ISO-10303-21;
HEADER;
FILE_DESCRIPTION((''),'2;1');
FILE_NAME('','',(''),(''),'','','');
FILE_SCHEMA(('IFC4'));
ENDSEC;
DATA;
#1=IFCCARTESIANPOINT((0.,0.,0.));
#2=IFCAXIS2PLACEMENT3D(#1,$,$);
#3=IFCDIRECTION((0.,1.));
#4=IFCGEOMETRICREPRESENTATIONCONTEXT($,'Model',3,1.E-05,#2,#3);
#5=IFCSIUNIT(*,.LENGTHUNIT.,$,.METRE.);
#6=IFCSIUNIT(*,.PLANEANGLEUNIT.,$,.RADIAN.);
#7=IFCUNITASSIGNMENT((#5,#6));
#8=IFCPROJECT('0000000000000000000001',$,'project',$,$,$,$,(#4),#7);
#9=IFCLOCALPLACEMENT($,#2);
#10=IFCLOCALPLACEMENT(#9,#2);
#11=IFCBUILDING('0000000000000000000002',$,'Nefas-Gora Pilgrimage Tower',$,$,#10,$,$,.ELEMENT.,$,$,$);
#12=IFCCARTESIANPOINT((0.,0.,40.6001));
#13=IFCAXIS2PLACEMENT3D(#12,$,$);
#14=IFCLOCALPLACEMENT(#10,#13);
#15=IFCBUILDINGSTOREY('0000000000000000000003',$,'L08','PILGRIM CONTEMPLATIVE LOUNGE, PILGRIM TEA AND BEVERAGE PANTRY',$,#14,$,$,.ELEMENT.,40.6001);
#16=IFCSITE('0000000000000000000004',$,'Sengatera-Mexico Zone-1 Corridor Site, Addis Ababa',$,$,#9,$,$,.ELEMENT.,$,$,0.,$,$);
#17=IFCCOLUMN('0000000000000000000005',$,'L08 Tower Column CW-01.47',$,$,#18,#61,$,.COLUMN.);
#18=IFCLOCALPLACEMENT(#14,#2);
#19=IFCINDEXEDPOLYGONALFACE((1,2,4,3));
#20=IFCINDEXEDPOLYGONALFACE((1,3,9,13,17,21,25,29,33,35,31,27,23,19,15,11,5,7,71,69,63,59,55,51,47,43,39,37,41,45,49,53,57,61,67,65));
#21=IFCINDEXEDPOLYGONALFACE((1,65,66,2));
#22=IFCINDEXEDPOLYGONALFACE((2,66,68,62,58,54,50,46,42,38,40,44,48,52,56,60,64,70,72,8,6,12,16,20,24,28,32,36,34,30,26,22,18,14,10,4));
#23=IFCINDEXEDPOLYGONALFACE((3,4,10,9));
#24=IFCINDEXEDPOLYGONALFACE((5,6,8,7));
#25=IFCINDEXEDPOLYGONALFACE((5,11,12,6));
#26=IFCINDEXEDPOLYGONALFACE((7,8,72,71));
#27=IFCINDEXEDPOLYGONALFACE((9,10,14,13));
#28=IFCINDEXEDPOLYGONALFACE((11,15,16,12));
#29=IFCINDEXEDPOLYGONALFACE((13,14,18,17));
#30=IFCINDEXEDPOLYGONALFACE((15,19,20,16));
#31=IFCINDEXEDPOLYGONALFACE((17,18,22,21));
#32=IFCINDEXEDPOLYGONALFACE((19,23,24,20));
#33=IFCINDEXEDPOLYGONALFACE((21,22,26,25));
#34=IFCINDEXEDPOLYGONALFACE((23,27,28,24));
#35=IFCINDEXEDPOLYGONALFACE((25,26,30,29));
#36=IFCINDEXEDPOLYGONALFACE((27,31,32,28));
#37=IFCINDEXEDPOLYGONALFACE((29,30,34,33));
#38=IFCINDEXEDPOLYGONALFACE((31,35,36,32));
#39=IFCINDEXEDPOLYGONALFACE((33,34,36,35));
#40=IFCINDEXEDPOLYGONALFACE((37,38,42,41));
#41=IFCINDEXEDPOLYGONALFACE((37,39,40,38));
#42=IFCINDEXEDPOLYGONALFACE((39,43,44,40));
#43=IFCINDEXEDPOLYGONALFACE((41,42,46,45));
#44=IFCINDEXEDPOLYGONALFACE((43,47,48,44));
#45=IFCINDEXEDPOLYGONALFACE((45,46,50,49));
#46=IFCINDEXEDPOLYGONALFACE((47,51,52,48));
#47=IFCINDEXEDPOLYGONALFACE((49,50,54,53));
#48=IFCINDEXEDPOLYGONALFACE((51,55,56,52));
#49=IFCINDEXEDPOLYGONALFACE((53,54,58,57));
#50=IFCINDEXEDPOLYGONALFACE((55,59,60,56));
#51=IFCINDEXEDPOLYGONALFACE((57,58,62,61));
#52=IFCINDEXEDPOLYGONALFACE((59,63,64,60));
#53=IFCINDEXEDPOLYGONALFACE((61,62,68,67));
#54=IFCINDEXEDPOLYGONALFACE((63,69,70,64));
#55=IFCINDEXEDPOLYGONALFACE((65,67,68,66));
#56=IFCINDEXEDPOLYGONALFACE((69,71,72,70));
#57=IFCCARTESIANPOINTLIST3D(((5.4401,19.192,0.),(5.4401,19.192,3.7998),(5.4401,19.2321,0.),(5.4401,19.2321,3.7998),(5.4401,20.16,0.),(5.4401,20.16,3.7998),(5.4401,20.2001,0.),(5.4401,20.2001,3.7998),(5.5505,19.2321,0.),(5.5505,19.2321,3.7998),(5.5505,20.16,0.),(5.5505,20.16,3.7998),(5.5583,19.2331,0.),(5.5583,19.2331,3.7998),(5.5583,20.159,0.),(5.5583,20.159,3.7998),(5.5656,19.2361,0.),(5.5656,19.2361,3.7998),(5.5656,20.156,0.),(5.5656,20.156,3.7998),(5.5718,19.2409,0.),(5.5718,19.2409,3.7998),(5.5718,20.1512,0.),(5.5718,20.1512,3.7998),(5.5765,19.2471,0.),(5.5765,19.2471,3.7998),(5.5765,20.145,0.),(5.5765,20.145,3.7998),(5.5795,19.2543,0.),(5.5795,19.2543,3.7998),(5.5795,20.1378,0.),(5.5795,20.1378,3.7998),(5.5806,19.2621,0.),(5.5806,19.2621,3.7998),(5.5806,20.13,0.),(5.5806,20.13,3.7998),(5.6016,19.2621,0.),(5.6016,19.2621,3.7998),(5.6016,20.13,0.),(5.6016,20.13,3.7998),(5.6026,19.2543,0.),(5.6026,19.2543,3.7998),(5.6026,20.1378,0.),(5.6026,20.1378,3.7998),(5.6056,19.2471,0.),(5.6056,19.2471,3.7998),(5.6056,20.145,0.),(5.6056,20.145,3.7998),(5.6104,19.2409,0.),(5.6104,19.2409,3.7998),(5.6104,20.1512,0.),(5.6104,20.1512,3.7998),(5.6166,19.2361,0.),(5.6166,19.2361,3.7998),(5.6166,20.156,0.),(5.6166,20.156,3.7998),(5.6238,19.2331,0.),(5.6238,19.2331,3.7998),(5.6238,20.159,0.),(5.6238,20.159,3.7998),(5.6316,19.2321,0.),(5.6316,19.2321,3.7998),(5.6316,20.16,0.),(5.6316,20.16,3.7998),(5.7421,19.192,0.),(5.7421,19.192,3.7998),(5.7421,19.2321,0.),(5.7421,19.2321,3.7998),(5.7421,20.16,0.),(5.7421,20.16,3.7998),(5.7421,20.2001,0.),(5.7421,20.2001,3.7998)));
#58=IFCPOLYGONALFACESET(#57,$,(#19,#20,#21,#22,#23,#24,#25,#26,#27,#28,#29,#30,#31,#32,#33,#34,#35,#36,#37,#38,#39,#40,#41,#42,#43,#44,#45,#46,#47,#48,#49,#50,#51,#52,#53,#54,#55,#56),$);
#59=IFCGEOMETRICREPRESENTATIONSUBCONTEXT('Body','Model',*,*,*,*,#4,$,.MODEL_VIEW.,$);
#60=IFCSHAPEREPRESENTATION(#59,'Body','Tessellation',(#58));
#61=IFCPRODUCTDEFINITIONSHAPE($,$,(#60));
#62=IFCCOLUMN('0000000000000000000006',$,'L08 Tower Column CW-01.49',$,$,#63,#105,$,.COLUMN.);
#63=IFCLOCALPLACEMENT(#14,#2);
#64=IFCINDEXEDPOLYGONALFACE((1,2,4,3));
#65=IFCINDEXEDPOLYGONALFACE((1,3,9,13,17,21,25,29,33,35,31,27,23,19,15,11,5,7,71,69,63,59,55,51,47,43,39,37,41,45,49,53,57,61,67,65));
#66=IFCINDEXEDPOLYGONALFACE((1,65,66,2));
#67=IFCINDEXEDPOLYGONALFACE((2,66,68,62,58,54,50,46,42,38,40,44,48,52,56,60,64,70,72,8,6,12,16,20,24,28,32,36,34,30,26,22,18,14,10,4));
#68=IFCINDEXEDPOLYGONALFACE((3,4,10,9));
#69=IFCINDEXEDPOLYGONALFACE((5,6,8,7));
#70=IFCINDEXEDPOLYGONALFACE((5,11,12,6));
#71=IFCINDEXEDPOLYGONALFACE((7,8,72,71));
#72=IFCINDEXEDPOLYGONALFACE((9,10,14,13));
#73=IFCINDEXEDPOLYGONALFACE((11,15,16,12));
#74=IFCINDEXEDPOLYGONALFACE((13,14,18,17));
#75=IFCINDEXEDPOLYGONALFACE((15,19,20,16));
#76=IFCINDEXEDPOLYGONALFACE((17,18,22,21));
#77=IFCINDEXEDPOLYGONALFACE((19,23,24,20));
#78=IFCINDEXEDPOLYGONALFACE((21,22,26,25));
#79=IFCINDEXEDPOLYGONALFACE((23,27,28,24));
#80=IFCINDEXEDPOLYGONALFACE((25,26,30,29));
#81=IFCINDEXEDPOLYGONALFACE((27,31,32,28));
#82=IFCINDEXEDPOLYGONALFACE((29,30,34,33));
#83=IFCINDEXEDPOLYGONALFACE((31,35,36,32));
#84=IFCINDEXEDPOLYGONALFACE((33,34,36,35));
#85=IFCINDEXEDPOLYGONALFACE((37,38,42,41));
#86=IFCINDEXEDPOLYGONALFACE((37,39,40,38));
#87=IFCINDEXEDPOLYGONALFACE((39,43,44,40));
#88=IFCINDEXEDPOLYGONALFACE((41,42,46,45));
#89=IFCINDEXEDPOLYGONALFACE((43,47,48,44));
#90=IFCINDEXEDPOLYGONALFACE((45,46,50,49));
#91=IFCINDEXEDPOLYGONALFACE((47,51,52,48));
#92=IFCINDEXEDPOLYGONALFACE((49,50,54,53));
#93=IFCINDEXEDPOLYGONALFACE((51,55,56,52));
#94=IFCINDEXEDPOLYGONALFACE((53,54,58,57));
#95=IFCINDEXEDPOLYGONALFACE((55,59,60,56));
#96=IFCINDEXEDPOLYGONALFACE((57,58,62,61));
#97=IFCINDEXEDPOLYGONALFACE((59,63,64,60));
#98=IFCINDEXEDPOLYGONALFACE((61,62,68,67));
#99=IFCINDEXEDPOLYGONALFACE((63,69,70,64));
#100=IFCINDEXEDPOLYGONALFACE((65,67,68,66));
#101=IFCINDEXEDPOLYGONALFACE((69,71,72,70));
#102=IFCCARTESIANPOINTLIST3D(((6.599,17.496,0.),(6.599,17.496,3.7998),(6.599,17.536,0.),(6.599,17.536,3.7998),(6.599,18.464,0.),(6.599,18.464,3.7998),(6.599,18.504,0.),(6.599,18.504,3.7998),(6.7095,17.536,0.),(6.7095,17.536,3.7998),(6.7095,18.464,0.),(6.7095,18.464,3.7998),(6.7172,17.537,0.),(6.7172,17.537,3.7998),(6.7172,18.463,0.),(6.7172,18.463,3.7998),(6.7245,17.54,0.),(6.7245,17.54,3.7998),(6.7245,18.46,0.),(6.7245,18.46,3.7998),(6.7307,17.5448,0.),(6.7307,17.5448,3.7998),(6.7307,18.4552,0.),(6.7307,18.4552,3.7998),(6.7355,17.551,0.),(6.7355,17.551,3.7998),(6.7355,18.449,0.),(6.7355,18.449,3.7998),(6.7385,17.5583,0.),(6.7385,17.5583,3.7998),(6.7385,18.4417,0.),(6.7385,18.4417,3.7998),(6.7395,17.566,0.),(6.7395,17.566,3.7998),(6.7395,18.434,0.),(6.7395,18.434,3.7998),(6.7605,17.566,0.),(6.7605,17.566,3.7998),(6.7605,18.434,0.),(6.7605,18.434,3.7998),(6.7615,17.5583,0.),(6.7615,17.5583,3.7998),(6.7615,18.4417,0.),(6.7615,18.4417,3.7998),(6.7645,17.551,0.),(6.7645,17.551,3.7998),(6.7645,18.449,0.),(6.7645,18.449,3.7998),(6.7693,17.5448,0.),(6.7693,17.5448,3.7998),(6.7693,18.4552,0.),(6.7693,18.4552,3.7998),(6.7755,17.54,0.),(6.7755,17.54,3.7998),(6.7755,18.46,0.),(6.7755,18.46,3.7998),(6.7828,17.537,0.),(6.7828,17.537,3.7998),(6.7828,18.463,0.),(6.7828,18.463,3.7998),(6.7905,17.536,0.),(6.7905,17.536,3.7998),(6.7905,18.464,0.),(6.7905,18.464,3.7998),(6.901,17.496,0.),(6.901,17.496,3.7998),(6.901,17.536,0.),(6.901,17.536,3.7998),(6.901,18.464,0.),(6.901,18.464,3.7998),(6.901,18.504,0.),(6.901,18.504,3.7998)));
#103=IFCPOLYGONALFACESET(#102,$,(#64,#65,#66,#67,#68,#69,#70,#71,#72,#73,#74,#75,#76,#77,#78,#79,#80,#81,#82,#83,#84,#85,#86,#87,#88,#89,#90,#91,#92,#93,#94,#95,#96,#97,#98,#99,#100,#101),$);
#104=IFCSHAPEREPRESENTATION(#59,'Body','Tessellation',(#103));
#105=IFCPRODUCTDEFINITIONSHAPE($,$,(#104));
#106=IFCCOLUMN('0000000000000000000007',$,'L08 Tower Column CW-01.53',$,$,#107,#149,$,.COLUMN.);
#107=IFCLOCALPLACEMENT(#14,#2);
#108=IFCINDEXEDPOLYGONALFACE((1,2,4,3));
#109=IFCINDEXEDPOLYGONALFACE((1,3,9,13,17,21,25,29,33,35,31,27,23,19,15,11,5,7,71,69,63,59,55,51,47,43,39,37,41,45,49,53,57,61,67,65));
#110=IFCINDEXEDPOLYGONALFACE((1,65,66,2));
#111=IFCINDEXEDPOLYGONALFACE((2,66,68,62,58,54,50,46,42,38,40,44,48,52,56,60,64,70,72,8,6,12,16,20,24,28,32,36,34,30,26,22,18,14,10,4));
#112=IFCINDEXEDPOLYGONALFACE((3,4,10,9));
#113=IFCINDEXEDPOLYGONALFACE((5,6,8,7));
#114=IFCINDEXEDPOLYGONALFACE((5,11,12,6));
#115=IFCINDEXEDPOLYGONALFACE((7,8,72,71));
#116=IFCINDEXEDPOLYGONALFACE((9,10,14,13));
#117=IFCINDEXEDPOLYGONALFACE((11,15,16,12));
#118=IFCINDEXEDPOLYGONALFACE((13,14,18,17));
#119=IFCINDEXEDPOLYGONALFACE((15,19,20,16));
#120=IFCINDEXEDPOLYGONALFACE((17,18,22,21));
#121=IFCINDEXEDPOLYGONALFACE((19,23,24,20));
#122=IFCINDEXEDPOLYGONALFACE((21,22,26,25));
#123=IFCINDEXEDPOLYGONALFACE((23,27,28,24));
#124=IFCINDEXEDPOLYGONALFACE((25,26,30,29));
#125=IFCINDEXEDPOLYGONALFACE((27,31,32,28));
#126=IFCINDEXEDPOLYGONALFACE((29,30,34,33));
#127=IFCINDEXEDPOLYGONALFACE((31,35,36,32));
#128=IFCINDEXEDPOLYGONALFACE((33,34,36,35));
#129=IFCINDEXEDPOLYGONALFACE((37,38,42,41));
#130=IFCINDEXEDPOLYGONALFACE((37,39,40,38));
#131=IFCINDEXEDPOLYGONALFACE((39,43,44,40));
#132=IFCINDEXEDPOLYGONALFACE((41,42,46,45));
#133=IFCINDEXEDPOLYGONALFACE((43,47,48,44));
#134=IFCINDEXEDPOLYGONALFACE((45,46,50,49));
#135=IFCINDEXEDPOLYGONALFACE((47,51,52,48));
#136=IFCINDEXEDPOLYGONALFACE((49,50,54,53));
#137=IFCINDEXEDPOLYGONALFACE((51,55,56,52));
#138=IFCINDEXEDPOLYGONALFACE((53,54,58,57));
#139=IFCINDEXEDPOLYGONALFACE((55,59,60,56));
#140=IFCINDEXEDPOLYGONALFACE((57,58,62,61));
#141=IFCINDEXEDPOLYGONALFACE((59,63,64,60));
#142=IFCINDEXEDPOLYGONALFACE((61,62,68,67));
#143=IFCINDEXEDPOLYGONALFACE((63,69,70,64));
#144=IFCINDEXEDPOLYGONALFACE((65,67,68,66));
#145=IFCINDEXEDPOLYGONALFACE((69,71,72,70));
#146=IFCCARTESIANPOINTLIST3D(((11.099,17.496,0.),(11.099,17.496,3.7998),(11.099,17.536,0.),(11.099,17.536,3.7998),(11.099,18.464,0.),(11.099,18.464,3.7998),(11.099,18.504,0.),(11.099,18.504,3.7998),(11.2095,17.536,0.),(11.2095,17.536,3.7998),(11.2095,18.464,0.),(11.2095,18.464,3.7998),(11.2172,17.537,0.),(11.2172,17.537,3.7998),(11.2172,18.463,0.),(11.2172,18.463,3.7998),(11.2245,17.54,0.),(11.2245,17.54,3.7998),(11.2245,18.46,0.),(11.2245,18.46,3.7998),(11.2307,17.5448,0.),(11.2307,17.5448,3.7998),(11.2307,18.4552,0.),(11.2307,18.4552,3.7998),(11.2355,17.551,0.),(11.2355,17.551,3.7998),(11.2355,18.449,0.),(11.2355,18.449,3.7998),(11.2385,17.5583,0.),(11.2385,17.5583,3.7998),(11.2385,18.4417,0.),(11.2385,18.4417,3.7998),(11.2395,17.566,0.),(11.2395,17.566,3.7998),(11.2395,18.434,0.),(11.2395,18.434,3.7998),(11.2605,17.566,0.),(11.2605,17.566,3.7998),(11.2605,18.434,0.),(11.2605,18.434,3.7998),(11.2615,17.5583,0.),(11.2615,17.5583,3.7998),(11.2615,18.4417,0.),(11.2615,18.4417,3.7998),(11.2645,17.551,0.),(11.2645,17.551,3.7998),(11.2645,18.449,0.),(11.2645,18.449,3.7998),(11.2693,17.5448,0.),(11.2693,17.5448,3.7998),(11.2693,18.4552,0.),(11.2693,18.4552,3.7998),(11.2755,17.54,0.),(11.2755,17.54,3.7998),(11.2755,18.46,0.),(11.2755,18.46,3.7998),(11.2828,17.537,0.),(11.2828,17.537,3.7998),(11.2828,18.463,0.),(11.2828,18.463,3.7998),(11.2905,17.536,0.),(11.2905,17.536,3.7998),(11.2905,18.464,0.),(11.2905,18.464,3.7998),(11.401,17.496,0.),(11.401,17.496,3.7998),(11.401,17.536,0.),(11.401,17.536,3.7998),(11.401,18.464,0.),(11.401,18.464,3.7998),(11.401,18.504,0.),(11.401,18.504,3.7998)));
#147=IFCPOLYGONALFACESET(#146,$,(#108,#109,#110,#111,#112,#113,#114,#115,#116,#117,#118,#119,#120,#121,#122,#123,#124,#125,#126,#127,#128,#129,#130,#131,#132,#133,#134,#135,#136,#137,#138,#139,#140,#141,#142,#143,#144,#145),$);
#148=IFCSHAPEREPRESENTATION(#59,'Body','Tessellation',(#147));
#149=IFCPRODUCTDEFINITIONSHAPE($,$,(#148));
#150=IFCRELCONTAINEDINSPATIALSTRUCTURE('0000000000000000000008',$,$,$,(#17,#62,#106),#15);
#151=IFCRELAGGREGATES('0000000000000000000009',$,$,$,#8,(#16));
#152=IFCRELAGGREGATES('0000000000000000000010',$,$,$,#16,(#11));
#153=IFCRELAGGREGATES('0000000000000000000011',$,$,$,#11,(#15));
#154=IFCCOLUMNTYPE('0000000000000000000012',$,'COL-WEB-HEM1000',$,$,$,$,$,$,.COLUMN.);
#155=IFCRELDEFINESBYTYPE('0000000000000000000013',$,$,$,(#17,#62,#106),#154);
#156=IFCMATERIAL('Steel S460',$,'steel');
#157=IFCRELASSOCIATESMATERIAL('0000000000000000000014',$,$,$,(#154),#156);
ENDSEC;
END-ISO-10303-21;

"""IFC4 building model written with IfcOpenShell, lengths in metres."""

from ifc_helpers import new_model, si_unit, direction, frame, origin, origin_2d, place, context, subcontext, project, spatial, i_section, extrude, source, transform, mapped, material, material_profile, profile_set, type_object, element, save


model = new_model("IFC4")

# Units and contexts
model_context = context("Model", 3, precision=1e-05, world=origin(), true_north=direction((0.0, 1.0)))
body_context = subcontext(model_context, "Body", "Model", "MODEL_VIEW")
ifc_project = project(units=[si_unit("LENGTHUNIT", "METRE"), si_unit("PLANEANGLEUNIT", "RADIAN")], contexts=[model_context])

# Site, building, storey
site_placement = place(None, origin())
site = spatial("IfcSite", under=ifc_project, at=site_placement, Name="Sengatera-Mexico Zone-1 Corridor Site, Addis Ababa", CompositionType="ELEMENT", RefElevation=0.0)
building_placement = place(site_placement, origin())
building = spatial("IfcBuilding", under=site, at=building_placement, Name="Nefas-Gora Pilgrimage Tower", CompositionType="ELEMENT")
storey_placement = place(building_placement, frame((0.0, 0.0, 40.6001)))
storey = spatial("IfcBuildingStorey", under=building, at=storey_placement, Name="L08", Description="PILGRIM CONTEMPLATIVE LOUNGE, PILGRIM TEA AND BEVERAGE PANTRY", CompositionType="ELEMENT", Elevation=40.6001)

# Columns
ifc_material_1 = material(Name="Steel S460", Category="steel")
ifc_material_profile_1 = material_profile(ifc_material_1, i_section(OverallWidth=0.302, OverallDepth=1.0081, WebThickness=0.021, FlangeThickness=0.04, FilletRadius=0.03, at=origin_2d()), Name="HEM 1000")
ifc_profile_set_1 = profile_set([ifc_material_profile_1], Name="Steel S460")
column_type_1 = type_object("IfcColumnType", Name="COL-WEB-HEM1000", PredefinedType="COLUMN", material=ifc_profile_set_1)
shared_shape_1 = source(origin(), body_context, "Body", "SweptSolid", [
    extrude(i_section(OverallWidth=0.302, OverallDepth=1.0081, WebThickness=0.021, FlangeThickness=0.04, FilletRadius=0.03, at=origin_2d()), origin(), (0.0, 0.0, 1.0), 3.7998),
])
for number, where, z_axis, x_axis, name in (
    (1, (5.5911, 19.696, 0.0), (0.0, 0.0, 1.0), (1.0, 0.0, 0.0), "L08 Tower Column CW-01.47"),
    (2, (6.75, 18.0, 0.0), (0.0, 0.0, 1.0), (1.0, 0.0, 0.0), "L08 Tower Column CW-01.49"),
    (3, (11.25, 18.0, 0.0), (0.0, 0.0, 1.0), (1.0, 0.0, 0.0), "L08 Tower Column CW-01.53"),
):
    element("IfcColumn", number, at=place(storey_placement, frame(where, z_axis=z_axis, x_axis=x_axis)), inside=storey, type_object=column_type_1, Name=name, PredefinedType="COLUMN", context=body_context, shape_type="MappedRepresentation", body=[
        mapped(shared_shape_1, transform((0.0, 0.0, 0.0), x_axis=(1.0, 0.0, 0.0), y_axis=(0.0, 1.0, 0.0), z_axis=(0.0, 0.0, 1.0), scale=1.0)),
    ])

save(model, "model.ifc")
